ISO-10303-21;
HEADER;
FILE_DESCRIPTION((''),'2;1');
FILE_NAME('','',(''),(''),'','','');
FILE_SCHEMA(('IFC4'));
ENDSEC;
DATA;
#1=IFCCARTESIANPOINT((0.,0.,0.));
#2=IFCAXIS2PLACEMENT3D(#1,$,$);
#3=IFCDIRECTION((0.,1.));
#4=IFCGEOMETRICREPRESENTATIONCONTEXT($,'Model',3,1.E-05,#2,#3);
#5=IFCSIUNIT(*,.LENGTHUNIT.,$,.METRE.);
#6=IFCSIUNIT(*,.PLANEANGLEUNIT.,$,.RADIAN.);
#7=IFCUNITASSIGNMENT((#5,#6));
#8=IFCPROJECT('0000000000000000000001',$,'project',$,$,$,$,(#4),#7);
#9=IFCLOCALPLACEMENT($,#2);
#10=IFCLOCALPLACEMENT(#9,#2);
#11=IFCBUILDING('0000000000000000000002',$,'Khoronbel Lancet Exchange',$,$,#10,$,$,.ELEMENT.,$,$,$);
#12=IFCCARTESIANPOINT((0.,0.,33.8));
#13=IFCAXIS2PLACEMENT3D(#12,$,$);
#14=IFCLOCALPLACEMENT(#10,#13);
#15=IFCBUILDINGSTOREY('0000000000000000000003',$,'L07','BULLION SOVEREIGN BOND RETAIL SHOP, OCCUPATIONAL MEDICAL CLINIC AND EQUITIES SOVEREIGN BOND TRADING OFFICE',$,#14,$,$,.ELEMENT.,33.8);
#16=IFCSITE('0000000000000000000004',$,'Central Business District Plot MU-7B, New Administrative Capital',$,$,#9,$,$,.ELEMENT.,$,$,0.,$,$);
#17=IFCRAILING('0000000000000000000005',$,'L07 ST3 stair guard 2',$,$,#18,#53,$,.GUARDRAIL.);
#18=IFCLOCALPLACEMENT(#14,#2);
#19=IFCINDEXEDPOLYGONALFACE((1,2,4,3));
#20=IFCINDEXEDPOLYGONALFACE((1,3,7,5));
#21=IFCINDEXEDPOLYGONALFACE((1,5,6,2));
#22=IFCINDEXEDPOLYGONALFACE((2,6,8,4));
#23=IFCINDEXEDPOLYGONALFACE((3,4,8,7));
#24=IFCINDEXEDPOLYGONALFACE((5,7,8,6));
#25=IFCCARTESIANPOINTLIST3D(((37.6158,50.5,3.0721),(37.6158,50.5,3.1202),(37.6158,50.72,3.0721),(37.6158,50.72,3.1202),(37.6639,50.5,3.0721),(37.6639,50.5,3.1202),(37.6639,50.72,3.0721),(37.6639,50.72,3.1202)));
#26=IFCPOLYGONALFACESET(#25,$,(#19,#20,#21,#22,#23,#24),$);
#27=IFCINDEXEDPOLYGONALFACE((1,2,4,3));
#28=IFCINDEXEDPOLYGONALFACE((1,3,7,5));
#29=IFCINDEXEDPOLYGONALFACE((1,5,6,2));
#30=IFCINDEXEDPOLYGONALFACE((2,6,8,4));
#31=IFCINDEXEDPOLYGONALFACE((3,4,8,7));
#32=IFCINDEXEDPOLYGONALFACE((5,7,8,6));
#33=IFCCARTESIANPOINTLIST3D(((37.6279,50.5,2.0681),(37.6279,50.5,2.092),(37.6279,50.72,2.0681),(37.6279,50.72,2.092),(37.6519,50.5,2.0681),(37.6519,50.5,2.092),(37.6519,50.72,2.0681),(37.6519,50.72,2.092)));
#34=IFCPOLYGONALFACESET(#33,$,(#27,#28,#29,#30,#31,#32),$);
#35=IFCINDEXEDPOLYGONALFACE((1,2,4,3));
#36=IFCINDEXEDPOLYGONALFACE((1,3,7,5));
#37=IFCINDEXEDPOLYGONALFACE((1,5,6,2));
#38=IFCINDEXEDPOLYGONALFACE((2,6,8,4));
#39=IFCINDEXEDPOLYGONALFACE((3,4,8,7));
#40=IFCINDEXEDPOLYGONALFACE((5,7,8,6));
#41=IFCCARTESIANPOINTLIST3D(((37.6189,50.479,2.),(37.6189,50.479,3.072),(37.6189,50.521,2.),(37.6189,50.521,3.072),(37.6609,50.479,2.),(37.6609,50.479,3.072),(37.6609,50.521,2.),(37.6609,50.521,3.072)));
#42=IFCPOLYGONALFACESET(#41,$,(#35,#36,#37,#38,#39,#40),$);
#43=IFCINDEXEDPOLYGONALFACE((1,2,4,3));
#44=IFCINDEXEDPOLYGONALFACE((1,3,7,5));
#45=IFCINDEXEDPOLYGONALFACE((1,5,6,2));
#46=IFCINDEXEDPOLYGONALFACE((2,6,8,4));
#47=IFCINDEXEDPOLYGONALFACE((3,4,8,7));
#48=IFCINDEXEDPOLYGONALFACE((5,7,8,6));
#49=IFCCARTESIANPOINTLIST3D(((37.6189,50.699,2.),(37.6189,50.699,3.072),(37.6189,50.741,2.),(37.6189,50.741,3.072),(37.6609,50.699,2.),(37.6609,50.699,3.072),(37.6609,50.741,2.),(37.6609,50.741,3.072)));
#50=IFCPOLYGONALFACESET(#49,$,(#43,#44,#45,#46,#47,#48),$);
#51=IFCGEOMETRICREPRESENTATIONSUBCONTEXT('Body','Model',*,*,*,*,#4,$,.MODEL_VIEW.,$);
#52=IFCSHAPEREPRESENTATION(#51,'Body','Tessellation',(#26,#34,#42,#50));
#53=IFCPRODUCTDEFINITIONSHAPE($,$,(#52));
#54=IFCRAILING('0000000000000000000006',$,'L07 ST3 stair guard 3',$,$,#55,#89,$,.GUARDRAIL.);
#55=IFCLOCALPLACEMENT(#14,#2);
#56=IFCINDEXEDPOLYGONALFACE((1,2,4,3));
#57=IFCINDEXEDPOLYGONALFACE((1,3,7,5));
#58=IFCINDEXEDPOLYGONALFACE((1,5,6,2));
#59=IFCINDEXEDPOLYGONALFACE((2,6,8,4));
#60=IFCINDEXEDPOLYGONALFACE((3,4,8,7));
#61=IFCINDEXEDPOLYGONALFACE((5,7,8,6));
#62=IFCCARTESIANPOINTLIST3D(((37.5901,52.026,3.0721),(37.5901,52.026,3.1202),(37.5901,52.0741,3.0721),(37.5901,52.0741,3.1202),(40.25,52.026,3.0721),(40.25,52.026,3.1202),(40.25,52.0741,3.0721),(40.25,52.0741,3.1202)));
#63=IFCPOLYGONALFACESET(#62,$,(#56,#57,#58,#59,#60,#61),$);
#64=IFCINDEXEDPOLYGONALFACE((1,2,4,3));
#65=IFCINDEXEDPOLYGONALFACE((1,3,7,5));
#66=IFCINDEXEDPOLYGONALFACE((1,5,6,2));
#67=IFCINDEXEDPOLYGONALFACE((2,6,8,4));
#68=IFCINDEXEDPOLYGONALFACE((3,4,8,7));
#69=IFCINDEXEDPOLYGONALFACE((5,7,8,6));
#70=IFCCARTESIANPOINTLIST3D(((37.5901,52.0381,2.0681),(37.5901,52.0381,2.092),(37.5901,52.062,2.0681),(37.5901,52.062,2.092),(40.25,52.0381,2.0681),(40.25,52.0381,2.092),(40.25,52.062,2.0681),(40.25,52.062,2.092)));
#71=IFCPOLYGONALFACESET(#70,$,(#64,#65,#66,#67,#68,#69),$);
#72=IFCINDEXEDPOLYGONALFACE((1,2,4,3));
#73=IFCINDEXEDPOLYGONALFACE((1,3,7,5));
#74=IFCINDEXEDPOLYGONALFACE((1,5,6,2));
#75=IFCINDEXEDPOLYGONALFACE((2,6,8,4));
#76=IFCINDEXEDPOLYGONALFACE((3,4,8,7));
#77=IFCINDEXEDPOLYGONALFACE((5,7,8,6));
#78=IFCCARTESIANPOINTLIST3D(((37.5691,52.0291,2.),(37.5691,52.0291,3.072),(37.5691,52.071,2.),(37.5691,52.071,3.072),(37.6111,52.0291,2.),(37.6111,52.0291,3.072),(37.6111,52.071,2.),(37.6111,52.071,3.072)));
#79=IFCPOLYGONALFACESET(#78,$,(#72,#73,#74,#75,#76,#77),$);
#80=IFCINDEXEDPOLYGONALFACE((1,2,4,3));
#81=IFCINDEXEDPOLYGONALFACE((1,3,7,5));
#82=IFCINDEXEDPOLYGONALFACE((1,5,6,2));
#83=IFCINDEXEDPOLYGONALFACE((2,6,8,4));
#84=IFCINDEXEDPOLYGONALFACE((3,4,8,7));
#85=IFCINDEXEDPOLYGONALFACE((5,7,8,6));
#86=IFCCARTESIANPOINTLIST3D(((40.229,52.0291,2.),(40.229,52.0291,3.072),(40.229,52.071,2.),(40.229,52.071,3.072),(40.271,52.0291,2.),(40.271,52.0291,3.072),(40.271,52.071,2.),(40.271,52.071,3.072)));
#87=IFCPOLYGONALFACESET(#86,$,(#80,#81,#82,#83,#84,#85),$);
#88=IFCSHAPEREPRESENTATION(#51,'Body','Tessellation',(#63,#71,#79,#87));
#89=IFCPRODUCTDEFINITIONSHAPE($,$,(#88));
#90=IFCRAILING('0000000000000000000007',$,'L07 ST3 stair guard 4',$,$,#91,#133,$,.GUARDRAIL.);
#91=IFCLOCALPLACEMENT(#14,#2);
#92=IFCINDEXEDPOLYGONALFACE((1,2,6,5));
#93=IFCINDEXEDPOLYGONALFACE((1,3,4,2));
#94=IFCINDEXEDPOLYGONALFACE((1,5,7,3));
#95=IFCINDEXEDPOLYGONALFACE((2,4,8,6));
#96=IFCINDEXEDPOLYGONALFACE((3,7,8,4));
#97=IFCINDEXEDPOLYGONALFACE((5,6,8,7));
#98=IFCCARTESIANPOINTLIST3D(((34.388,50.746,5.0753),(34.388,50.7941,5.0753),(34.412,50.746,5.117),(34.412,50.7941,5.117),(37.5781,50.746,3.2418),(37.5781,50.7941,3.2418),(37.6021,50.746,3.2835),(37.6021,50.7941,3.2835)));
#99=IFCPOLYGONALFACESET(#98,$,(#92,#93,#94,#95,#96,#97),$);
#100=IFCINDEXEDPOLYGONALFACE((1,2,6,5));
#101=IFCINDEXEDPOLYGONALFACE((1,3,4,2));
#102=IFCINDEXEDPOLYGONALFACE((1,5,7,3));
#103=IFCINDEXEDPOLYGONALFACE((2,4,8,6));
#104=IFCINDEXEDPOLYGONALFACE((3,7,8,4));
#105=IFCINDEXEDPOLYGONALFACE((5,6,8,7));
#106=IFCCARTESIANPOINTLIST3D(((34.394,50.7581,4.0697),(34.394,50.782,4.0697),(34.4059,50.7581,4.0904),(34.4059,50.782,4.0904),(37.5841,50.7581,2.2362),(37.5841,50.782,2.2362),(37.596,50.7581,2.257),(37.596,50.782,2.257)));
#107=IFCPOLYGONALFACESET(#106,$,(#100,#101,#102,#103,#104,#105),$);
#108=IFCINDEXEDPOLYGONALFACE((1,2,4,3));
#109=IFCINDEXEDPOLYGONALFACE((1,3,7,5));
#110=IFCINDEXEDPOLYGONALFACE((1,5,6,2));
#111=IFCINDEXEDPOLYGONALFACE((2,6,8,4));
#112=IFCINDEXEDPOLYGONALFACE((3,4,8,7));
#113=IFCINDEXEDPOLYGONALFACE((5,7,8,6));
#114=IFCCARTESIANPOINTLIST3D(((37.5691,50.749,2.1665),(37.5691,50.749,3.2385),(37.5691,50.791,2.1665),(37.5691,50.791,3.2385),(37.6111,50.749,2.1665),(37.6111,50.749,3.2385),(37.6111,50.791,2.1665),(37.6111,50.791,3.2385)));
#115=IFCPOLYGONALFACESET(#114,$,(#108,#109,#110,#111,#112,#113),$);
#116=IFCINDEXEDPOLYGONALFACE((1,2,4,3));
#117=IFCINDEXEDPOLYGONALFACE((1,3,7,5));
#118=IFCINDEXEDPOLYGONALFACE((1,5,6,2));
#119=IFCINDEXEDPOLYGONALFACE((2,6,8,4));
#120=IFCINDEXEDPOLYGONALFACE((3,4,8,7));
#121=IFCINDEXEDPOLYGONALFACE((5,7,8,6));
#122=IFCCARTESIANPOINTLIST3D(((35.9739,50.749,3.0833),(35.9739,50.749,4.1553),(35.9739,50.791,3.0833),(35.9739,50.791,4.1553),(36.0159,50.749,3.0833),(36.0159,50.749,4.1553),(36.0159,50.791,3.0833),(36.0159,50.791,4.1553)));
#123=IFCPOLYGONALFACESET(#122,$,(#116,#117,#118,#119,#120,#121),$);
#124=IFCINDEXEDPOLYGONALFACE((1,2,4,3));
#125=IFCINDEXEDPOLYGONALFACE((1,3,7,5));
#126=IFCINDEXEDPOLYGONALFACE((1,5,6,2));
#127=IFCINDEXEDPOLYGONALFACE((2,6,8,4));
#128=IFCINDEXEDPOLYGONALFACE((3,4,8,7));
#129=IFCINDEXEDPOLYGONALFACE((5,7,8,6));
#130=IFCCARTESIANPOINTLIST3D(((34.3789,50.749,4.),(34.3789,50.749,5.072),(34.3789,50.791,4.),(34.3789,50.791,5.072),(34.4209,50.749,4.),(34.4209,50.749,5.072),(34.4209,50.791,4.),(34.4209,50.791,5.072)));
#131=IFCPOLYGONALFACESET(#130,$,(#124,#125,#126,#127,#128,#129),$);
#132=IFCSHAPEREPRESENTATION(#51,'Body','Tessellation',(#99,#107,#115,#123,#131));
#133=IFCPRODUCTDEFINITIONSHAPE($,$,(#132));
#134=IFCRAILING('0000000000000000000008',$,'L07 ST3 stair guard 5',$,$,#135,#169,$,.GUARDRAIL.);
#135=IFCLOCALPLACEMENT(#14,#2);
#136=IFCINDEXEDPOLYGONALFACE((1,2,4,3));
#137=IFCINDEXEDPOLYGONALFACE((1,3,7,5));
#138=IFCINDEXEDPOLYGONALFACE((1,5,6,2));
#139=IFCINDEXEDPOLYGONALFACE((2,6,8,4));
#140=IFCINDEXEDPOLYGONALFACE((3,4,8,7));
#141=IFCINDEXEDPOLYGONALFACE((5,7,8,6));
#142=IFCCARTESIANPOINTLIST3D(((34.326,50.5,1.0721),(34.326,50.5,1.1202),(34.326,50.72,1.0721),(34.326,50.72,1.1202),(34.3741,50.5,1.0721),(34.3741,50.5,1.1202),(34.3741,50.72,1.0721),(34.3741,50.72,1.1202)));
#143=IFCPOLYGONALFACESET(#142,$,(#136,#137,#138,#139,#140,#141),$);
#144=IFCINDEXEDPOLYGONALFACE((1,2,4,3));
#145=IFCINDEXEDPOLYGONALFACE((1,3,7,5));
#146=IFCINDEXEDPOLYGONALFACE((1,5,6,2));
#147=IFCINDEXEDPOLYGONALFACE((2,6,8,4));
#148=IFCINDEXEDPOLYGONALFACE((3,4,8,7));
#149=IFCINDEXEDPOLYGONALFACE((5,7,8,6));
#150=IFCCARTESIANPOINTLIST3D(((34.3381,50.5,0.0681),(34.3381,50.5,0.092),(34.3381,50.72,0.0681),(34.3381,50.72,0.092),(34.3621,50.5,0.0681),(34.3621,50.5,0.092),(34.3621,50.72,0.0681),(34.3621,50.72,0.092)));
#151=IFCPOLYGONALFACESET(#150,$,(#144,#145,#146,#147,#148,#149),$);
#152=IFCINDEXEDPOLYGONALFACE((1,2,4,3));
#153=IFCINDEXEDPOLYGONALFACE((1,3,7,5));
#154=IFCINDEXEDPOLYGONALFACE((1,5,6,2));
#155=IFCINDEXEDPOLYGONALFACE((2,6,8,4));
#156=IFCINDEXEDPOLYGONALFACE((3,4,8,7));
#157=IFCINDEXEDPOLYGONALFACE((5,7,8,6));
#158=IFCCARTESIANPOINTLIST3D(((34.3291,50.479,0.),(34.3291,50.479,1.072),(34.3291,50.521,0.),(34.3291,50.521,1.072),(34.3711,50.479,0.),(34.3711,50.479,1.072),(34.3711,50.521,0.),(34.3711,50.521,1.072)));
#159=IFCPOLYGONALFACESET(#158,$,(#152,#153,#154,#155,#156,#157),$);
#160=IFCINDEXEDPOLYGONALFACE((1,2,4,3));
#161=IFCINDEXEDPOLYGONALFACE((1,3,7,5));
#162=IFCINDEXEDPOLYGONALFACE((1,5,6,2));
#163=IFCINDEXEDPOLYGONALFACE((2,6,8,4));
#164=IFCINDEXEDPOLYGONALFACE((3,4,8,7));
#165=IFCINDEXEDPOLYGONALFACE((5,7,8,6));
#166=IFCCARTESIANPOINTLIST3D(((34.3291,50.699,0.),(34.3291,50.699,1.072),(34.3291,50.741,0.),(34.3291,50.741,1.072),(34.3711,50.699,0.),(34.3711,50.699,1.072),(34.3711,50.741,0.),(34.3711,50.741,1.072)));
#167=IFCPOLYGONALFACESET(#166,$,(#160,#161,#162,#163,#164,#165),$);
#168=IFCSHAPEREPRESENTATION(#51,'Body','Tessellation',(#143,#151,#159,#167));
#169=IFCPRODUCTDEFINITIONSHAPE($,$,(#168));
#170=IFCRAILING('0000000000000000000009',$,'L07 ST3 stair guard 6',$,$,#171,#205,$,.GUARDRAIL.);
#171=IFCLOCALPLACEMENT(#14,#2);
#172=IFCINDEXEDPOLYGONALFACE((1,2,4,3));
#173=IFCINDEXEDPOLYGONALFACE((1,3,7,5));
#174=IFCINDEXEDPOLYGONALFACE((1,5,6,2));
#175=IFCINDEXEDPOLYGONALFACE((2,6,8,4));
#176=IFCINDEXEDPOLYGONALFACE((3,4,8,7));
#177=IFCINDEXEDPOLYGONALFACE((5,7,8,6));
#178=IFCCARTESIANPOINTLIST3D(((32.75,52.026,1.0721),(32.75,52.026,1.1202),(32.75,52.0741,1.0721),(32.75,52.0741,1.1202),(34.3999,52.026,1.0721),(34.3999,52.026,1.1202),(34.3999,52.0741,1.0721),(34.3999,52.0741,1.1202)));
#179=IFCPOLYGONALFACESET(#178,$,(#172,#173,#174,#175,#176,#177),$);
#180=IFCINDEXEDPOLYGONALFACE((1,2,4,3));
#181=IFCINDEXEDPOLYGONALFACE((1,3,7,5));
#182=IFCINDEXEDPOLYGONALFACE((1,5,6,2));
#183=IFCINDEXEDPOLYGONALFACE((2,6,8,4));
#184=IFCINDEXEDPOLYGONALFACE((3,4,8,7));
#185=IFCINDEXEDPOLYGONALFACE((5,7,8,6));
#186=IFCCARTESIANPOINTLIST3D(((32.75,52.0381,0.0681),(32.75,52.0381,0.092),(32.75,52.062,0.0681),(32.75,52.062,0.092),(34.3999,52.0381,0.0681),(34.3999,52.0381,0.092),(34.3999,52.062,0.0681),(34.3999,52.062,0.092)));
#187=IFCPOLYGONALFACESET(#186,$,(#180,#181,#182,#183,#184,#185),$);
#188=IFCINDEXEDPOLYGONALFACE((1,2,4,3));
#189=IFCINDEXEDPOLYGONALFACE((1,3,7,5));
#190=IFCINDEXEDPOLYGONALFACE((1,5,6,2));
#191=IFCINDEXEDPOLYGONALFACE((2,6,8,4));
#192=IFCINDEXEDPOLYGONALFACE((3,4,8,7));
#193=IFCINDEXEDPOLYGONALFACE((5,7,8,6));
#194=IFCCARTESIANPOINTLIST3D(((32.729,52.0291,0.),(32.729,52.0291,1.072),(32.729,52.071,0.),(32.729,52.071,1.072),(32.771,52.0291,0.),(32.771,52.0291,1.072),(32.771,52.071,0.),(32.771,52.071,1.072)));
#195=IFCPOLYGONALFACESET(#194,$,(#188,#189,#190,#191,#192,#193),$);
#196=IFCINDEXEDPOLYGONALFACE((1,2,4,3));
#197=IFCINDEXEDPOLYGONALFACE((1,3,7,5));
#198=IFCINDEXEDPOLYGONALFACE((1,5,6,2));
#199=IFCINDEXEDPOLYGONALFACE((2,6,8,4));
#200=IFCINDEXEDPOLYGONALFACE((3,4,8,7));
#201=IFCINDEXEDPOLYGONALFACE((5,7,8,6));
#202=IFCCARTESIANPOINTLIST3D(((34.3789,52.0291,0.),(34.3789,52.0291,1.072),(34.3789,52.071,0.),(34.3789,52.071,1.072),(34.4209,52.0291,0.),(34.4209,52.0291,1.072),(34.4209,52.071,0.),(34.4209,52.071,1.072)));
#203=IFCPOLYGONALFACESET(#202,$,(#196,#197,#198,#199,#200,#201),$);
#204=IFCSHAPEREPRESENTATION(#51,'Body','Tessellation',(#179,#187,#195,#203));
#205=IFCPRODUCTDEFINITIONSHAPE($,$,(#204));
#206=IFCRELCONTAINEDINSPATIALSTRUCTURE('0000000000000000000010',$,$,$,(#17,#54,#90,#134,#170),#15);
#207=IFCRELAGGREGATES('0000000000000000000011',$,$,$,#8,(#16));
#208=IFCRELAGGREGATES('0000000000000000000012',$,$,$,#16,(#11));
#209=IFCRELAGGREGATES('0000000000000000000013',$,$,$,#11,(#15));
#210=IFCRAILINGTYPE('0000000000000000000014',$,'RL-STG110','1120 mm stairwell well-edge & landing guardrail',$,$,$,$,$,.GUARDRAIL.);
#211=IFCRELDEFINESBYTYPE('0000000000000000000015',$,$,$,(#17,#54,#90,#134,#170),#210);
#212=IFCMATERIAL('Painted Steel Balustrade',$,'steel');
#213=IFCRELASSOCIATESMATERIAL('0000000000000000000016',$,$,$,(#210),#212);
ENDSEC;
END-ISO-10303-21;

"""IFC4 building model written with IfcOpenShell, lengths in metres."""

from ifc_helpers import new_model, si_unit, direction, frame, origin, origin_2d, place, context, subcontext, project, spatial, rectangle, extrude, material, type_object, element, save


model = new_model("IFC4")

# Units and contexts
model_context = context("Model", 3, precision=1e-05, world=origin(), true_north=direction((0.0, 1.0)))
body_context = subcontext(model_context, "Body", "Model", "MODEL_VIEW")
ifc_project = project(units=[si_unit("LENGTHUNIT", "METRE"), si_unit("PLANEANGLEUNIT", "RADIAN")], contexts=[model_context])

# Site, building, storey
site_placement = place(None, origin())
site = spatial("IfcSite", under=ifc_project, at=site_placement, Name="Central Business District Plot MU-7B, New Administrative Capital", CompositionType="ELEMENT", RefElevation=0.0)
building_placement = place(site_placement, origin())
building = spatial("IfcBuilding", under=site, at=building_placement, Name="Khoronbel Lancet Exchange", CompositionType="ELEMENT")
storey_placement = place(building_placement, frame((0.0, 0.0, 33.8)))
storey = spatial("IfcBuildingStorey", under=building, at=storey_placement, Name="L07", Description="BULLION SOVEREIGN BOND RETAIL SHOP, OCCUPATIONAL MEDICAL CLINIC AND EQUITIES SOVEREIGN BOND TRADING OFFICE", CompositionType="ELEMENT", Elevation=33.8)

# Railings
ifc_material_1 = material(Name="Painted Steel Balustrade", Category="steel")
railing_type_1 = type_object("IfcRailingType", Name="RL-STG110", Description="1120 mm stairwell well-edge & landing guardrail", PredefinedType="GUARDRAIL", material=ifc_material_1)
railing_1_placement = place(storey_placement, frame((37.6399, 50.5, 2.0)))
element("IfcRailing", 1, at=railing_1_placement, inside=storey, type_object=railing_type_1, Name="L07 ST3 stair guard 2", PredefinedType="GUARDRAIL", context=body_context, shape_type="SweptSolid", body=[
    extrude(rectangle(XDim=0.0481, YDim=0.0481, at=origin_2d()), frame((0.0, 0.0, 1.0962), z_axis=(0.0, 1.0, 0.0), x_axis=(-1.0, 0.0, 0.0)), (0.0, 0.0, 1.0), 0.22),
    extrude(rectangle(XDim=0.0239, YDim=0.0239, at=origin_2d()), frame((0.0, 0.0, 0.0801), z_axis=(0.0, 1.0, 0.0), x_axis=(-1.0, 0.0, 0.0)), (0.0, 0.0, 1.0), 0.22),
    extrude(rectangle(XDim=0.042, YDim=0.042, at=origin_2d()), origin(), (0.0, 0.0, 1.0), 1.072),
    extrude(rectangle(XDim=0.042, YDim=0.042, at=origin_2d()), frame((0.0, 0.22, 0.0)), (0.0, 0.0, 1.0), 1.072),
])
railing_2_placement = place(storey_placement, frame((37.5901, 52.05, 2.0)))
element("IfcRailing", 2, at=railing_2_placement, inside=storey, type_object=railing_type_1, Name="L07 ST3 stair guard 3", PredefinedType="GUARDRAIL", context=body_context, shape_type="SweptSolid", body=[
    extrude(rectangle(XDim=0.0481, YDim=0.0481, at=origin_2d()), frame((0.0, 0.0, 1.0962), z_axis=(1.0, 0.0, 0.0), x_axis=(0.0, 1.0, 0.0)), (0.0, 0.0, 1.0), 2.6599),
    extrude(rectangle(XDim=0.0239, YDim=0.0239, at=origin_2d()), frame((0.0, 0.0, 0.0801), z_axis=(1.0, 0.0, 0.0), x_axis=(0.0, 1.0, 0.0)), (0.0, 0.0, 1.0), 2.6599),
    extrude(rectangle(XDim=0.042, YDim=0.042, at=origin_2d()), origin(), (0.0, 0.0, 1.0), 1.072),
    extrude(rectangle(XDim=0.042, YDim=0.042, at=origin_2d()), frame((2.6599, 0.0, 0.0)), (0.0, 0.0, 1.0), 1.072),
])
railing_3_placement = place(storey_placement, frame((37.5901, 50.77, 2.1665)))
element("IfcRailing", 3, at=railing_3_placement, inside=storey, type_object=railing_type_1, Name="L07 ST3 stair guard 4", PredefinedType="GUARDRAIL", context=body_context, shape_type="SweptSolid", body=[
    extrude(rectangle(XDim=0.0481, YDim=0.0481, at=origin_2d()), frame((0.0, 0.0, 1.0962), z_axis=(-0.867007, 0.0, 0.498295), x_axis=(0.0, -1.0, 0.0)), (0.0, 0.0, 1.0), 3.6794),
    extrude(rectangle(XDim=0.0239, YDim=0.0239, at=origin_2d()), frame((0.0, 0.0, 0.0801), z_axis=(-0.867007, 0.0, 0.498295), x_axis=(0.0, -1.0, 0.0)), (0.0, 0.0, 1.0), 3.6794),
    extrude(rectangle(XDim=0.042, YDim=0.042, at=origin_2d()), origin(), (0.0, 0.0, 1.0), 1.072),
    extrude(rectangle(XDim=0.042, YDim=0.042, at=origin_2d()), frame((-1.5952, 0.0, 0.9167)), (0.0, 0.0, 1.0), 1.072),
    extrude(rectangle(XDim=0.042, YDim=0.042, at=origin_2d()), frame((-3.1902, 0.0, 1.8335)), (0.0, 0.0, 1.0), 1.072),
])
railing_4_placement = place(storey_placement, frame((34.3501, 50.5, 0.0)))
element("IfcRailing", 4, at=railing_4_placement, inside=storey, type_object=railing_type_1, Name="L07 ST3 stair guard 5", PredefinedType="GUARDRAIL", context=body_context, shape_type="SweptSolid", body=[
    extrude(rectangle(XDim=0.0481, YDim=0.0481, at=origin_2d()), frame((0.0, 0.0, 1.0962), z_axis=(0.0, 1.0, 0.0), x_axis=(-1.0, 0.0, 0.0)), (0.0, 0.0, 1.0), 0.22),
    extrude(rectangle(XDim=0.0239, YDim=0.0239, at=origin_2d()), frame((0.0, 0.0, 0.0801), z_axis=(0.0, 1.0, 0.0), x_axis=(-1.0, 0.0, 0.0)), (0.0, 0.0, 1.0), 0.22),
    extrude(rectangle(XDim=0.042, YDim=0.042, at=origin_2d()), origin(), (0.0, 0.0, 1.0), 1.072),
    extrude(rectangle(XDim=0.042, YDim=0.042, at=origin_2d()), frame((0.0, 0.22, 0.0)), (0.0, 0.0, 1.0), 1.072),
])
railing_5_placement = place(storey_placement, frame((32.75, 52.05, 0.0)))
element("IfcRailing", 5, at=railing_5_placement, inside=storey, type_object=railing_type_1, Name="L07 ST3 stair guard 6", PredefinedType="GUARDRAIL", context=body_context, shape_type="SweptSolid", body=[
    extrude(rectangle(XDim=0.0481, YDim=0.0481, at=origin_2d()), frame((0.0, 0.0, 1.0962), z_axis=(1.0, 0.0, 0.0), x_axis=(0.0, 1.0, 0.0)), (0.0, 0.0, 1.0), 1.6499),
    extrude(rectangle(XDim=0.0239, YDim=0.0239, at=origin_2d()), frame((0.0, 0.0, 0.0801), z_axis=(1.0, 0.0, 0.0), x_axis=(0.0, 1.0, 0.0)), (0.0, 0.0, 1.0), 1.6499),
    extrude(rectangle(XDim=0.042, YDim=0.042, at=origin_2d()), origin(), (0.0, 0.0, 1.0), 1.072),
    extrude(rectangle(XDim=0.042, YDim=0.042, at=origin_2d()), frame((1.6499, 0.0, 0.0)), (0.0, 0.0, 1.0), 1.072),
])

save(model, "model.ifc")
